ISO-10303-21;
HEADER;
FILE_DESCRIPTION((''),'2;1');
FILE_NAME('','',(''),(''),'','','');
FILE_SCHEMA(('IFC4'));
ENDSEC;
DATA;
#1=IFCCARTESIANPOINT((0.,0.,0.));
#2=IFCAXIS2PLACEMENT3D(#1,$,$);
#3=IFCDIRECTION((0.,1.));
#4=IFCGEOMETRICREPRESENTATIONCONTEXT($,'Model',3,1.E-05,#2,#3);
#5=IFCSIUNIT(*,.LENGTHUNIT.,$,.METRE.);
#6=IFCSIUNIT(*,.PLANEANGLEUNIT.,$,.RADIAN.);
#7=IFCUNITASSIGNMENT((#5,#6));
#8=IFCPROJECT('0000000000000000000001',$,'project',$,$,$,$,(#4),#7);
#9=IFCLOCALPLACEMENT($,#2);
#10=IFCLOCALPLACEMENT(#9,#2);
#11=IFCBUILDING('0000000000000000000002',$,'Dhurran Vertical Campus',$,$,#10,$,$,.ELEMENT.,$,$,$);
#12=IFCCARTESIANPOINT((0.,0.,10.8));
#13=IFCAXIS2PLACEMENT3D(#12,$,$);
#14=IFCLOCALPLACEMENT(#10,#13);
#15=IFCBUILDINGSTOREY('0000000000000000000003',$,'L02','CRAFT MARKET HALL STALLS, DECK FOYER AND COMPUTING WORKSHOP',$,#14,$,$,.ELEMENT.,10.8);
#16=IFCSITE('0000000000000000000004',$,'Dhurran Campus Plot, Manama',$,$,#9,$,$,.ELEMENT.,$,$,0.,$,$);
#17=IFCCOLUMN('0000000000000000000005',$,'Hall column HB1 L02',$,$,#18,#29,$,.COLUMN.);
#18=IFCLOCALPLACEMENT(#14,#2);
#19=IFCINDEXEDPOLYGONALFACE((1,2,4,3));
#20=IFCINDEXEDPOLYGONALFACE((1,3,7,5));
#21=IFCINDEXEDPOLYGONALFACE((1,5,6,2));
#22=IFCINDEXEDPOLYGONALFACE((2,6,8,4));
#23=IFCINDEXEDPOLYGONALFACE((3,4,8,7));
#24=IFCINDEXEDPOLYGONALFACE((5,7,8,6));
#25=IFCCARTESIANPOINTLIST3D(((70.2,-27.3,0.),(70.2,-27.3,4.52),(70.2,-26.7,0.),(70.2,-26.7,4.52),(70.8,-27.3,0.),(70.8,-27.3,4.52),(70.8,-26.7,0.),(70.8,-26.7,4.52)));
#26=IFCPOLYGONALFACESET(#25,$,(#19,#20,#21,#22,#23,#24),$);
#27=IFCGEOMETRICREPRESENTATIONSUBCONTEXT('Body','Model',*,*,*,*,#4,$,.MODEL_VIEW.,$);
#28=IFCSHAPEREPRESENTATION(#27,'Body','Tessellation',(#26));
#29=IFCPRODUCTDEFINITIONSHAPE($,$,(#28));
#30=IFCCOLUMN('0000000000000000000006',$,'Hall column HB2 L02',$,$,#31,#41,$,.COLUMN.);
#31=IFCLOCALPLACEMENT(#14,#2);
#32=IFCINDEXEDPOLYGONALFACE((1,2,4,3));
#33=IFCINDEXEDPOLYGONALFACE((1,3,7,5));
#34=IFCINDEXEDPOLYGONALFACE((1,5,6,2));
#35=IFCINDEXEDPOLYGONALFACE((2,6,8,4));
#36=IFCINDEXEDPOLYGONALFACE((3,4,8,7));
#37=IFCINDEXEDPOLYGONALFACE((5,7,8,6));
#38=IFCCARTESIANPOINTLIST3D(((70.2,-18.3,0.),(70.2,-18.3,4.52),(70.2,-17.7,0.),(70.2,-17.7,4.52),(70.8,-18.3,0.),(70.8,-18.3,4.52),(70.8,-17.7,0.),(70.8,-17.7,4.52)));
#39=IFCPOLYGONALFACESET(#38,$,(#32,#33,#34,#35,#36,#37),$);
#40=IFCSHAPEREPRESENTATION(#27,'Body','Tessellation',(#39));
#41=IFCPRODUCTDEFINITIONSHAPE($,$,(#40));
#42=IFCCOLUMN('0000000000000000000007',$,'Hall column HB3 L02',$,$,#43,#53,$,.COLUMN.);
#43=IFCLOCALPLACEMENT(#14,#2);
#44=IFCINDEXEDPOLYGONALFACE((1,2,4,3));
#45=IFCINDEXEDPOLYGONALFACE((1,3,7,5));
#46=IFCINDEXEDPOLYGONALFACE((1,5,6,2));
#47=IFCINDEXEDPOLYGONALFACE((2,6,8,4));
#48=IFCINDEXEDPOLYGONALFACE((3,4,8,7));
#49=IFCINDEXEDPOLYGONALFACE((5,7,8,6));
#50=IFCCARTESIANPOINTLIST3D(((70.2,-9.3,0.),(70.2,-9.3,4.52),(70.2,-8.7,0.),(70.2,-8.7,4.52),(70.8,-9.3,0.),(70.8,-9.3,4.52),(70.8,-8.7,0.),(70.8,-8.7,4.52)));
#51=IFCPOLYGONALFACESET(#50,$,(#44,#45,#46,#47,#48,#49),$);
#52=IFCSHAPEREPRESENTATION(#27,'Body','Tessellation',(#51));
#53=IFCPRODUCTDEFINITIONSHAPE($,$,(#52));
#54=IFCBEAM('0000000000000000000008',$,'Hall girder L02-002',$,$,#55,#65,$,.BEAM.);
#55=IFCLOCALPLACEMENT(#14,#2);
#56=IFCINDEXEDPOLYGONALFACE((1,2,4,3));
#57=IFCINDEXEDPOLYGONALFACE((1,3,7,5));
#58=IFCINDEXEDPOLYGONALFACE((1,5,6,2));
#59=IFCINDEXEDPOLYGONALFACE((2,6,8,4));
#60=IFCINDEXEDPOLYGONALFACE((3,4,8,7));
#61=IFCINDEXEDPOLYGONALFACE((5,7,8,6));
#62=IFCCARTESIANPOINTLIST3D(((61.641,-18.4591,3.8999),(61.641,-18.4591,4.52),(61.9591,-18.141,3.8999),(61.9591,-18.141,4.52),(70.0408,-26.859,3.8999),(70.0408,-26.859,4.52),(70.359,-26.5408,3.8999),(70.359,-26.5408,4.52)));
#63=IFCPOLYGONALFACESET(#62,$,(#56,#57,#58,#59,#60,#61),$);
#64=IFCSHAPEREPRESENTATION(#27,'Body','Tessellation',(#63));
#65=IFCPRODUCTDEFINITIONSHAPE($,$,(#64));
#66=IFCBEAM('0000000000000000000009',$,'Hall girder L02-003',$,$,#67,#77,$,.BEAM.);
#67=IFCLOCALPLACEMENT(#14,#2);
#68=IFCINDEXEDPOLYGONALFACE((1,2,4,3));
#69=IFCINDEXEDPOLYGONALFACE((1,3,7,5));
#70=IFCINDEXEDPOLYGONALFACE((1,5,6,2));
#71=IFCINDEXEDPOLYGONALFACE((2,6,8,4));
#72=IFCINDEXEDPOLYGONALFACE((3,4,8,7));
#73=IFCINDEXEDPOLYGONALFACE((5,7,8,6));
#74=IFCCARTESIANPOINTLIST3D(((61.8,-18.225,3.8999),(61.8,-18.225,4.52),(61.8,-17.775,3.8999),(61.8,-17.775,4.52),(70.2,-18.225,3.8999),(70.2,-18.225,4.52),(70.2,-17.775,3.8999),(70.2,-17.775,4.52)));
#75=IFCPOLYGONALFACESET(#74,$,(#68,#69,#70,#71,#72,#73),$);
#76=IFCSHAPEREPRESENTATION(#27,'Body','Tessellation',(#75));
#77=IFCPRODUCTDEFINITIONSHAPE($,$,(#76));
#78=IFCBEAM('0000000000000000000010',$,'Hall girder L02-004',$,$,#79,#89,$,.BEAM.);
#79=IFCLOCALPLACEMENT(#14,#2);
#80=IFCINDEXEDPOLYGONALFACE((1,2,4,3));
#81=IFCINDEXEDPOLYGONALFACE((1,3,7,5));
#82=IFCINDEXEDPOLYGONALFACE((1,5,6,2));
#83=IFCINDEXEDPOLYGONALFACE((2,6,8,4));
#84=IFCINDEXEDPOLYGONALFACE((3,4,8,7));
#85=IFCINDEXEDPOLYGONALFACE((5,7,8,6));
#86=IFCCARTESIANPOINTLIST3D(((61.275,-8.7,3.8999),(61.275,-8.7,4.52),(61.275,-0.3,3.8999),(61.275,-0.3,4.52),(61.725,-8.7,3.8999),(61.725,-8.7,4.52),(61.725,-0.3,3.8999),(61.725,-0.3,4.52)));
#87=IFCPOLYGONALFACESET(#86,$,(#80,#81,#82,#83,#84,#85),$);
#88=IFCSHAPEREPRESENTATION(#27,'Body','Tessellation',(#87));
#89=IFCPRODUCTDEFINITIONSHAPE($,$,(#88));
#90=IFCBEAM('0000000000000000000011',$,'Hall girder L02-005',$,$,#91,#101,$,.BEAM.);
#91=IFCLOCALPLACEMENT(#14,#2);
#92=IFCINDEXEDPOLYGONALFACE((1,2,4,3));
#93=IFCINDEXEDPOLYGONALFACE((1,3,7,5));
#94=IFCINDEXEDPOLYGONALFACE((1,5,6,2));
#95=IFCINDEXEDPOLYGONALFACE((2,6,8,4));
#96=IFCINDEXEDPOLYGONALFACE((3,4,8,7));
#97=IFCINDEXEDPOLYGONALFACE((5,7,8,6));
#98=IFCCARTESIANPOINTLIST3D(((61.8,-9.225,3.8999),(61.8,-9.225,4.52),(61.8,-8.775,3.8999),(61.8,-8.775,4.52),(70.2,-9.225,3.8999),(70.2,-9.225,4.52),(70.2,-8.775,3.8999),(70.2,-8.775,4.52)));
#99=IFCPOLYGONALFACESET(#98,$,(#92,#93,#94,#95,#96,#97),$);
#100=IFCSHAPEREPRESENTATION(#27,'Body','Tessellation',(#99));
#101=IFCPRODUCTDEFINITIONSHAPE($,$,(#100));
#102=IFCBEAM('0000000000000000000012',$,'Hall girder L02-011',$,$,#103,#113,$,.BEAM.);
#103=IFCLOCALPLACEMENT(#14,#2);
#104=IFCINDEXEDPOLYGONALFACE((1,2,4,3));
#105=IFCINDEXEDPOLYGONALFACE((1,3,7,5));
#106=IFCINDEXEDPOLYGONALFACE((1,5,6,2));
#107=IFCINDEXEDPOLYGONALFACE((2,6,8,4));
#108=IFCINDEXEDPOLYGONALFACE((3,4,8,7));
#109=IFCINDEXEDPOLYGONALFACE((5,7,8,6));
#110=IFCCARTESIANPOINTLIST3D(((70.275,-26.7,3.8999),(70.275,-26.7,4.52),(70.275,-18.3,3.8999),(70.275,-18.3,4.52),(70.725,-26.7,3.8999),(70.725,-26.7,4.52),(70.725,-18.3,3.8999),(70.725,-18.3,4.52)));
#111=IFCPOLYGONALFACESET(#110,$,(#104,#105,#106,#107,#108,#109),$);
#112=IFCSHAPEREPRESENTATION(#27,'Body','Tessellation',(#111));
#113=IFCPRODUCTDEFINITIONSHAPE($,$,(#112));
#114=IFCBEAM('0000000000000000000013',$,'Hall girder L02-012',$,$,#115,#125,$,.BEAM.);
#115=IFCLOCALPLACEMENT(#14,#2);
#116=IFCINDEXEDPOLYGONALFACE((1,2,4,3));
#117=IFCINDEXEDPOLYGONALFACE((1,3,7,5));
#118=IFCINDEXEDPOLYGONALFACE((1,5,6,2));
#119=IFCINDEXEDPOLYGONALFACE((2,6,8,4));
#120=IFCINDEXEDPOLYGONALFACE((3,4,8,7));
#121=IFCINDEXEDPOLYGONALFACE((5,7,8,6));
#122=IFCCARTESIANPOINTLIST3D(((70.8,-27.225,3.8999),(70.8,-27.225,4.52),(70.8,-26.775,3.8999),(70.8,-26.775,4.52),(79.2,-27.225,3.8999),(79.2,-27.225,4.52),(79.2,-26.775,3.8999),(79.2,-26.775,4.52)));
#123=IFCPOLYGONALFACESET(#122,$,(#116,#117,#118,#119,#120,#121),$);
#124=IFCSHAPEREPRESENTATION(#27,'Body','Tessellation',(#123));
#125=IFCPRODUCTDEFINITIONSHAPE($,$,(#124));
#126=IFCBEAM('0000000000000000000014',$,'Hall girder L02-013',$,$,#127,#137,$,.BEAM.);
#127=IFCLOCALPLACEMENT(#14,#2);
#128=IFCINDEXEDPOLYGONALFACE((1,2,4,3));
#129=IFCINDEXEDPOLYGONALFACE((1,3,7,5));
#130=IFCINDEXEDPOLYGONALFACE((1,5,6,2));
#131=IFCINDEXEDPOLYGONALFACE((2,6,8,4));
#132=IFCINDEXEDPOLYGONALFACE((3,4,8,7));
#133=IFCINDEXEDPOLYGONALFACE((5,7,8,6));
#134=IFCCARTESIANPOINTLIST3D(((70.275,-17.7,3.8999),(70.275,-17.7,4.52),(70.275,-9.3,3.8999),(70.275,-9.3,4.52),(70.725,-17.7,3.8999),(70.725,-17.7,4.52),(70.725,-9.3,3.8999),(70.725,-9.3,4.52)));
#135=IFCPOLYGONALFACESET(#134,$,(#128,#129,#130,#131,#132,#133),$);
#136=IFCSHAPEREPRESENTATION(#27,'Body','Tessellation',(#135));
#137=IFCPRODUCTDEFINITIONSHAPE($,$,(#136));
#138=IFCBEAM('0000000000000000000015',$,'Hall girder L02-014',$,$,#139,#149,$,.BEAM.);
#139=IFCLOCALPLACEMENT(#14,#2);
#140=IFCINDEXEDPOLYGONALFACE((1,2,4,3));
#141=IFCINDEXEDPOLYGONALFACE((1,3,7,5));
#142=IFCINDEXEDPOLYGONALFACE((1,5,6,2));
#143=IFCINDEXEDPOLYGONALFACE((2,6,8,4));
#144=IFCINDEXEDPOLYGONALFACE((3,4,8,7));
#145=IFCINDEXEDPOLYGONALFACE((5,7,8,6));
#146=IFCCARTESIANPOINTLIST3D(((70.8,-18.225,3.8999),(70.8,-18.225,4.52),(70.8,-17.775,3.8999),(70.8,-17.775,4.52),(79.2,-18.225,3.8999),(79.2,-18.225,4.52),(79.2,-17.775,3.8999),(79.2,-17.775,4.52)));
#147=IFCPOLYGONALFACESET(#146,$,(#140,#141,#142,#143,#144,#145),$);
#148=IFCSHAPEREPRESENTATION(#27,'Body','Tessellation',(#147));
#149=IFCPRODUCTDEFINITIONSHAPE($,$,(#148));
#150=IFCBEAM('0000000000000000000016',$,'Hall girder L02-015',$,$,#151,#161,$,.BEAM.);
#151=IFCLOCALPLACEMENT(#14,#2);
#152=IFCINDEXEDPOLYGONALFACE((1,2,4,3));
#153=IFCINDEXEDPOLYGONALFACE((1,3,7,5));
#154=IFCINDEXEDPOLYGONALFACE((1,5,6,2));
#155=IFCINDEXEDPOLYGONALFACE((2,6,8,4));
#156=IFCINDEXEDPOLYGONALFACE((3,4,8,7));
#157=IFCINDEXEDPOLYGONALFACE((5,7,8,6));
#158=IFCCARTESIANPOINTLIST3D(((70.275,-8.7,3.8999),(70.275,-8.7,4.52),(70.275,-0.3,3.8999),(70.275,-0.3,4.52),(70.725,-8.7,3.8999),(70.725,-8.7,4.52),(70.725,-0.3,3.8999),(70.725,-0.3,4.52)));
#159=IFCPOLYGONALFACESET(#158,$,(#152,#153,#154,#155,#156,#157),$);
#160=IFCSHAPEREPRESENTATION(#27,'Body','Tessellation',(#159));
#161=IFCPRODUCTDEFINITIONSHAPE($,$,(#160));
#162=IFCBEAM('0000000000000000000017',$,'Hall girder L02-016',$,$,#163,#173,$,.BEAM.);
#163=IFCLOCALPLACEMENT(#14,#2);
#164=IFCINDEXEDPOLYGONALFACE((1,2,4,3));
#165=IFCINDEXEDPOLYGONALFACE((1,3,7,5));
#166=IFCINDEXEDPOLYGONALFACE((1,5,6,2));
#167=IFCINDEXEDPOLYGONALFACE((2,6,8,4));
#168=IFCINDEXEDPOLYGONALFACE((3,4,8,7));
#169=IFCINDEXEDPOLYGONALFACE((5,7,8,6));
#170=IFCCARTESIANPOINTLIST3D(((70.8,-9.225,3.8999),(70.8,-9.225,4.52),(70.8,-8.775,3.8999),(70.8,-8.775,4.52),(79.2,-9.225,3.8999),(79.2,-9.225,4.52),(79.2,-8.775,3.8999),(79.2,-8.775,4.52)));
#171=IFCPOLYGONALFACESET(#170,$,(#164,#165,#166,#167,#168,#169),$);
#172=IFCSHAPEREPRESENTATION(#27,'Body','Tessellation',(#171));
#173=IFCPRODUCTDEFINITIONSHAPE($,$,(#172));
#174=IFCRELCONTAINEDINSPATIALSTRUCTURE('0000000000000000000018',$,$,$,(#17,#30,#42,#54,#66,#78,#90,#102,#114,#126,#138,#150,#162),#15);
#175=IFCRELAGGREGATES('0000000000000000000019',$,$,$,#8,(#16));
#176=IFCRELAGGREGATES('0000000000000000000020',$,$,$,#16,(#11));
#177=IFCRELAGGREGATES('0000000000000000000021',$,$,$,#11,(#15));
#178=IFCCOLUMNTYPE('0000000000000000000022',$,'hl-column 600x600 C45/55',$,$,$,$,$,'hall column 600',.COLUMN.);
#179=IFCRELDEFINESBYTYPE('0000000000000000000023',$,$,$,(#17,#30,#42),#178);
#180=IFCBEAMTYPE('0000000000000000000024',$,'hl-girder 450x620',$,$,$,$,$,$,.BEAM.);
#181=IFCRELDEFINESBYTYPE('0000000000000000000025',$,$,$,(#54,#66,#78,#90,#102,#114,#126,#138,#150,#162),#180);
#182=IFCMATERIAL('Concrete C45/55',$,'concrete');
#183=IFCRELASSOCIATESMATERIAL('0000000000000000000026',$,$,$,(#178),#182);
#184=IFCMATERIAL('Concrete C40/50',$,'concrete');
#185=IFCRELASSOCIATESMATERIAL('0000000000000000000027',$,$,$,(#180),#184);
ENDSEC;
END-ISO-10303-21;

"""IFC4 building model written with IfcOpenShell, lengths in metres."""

from ifc_helpers import new_model, si_unit, direction, frame, origin, origin_2d, place, context, subcontext, project, spatial, rectangle, extrude, material, material_profile, profile_set, type_object, element, save


model = new_model("IFC4")

# Units and contexts
model_context = context("Model", 3, precision=1e-05, world=origin(), true_north=direction((0.0, 1.0)))
body_context = subcontext(model_context, "Body", "Model", "MODEL_VIEW")
ifc_project = project(units=[si_unit("LENGTHUNIT", "METRE"), si_unit("PLANEANGLEUNIT", "RADIAN")], contexts=[model_context])

# Site, building, storey
site_placement = place(None, origin())
site = spatial("IfcSite", under=ifc_project, at=site_placement, Name="Dhurran Campus Plot, Manama", CompositionType="ELEMENT", RefElevation=0.0)
building_placement = place(site_placement, origin())
building = spatial("IfcBuilding", under=site, at=building_placement, Name="Dhurran Vertical Campus", CompositionType="ELEMENT")
storey_placement = place(building_placement, frame((0.0, 0.0, 10.8)))
storey = spatial("IfcBuildingStorey", under=building, at=storey_placement, Name="L02", Description="CRAFT MARKET HALL STALLS, DECK FOYER AND COMPUTING WORKSHOP", CompositionType="ELEMENT", Elevation=10.8)

# Columns
ifc_material_1 = material(Name="Concrete C45/55", Category="concrete")
ifc_material_profile_1 = material_profile(ifc_material_1, rectangle(XDim=0.6001, YDim=0.6001, at=origin_2d()), Name="hl-column 600x600 C45/55")
ifc_profile_set_1 = profile_set([ifc_material_profile_1], Name="Concrete C45/55")
column_type = type_object("IfcColumnType", Name="hl-column 600x600 C45/55", ElementType="hall column 600", PredefinedType="COLUMN", material=ifc_profile_set_1)
for number, where, z_axis, x_axis, name in (
    (1, (70.5, -27.0, 0.0), (0.0, 0.0, 1.0), (1.0, 0.0, 0.0), "Hall column HB1 L02"),
    (2, (70.5, -18.0, 0.0), (0.0, 0.0, 1.0), (1.0, 0.0, 0.0), "Hall column HB2 L02"),
    (3, (70.5, -9.0, 0.0), (0.0, 0.0, 1.0), (1.0, 0.0, 0.0), "Hall column HB3 L02"),
):
    element("IfcColumn", number, at=place(storey_placement, frame(where, z_axis=z_axis, x_axis=x_axis)), inside=storey, type_object=column_type, Name=name, PredefinedType="COLUMN", context=body_context, shape_type="SweptSolid", body=[
        extrude(rectangle(XDim=0.6001, YDim=0.6001, at=origin_2d()), origin(), (0.0, 0.0, 1.0), 4.52),
    ])

# Beams
ifc_material_2 = material(Name="Concrete C40/50", Category="concrete")
ifc_material_profile_2 = material_profile(ifc_material_2, rectangle(XDim=0.45, YDim=0.6201, at=origin_2d()), Name="hl-girder 450x620")
ifc_profile_set_2 = profile_set([ifc_material_profile_2], Name="Concrete C40/50")
beam_type = type_object("IfcBeamType", Name="hl-girder 450x620", PredefinedType="BEAM", material=ifc_profile_set_2)
beam_placement = place(storey_placement, frame((61.8, -18.3, 4.21), z_axis=(0.707107, -0.707107, 0.0), x_axis=(0.707107, 0.707107, 0.0)))
element("IfcBeam", 4, at=beam_placement, inside=storey, type_object=beam_type, Name="Hall girder L02-002", PredefinedType="BEAM", context=body_context, shape_type="SweptSolid", body=[
    extrude(rectangle(XDim=0.45, YDim=0.6201, at=origin_2d()), origin(), (0.0, 0.0, 1.0), 11.8792),
])
for number, where, z_axis, x_axis, name in (
    (5, (61.8, -18.0, 4.21), (1.0, 0.0, 0.0), (0.0, 1.0, 0.0), "Hall girder L02-003"),
    (6, (61.5, -8.7, 4.21), (0.0, 1.0, 0.0), (-1.0, 0.0, 0.0), "Hall girder L02-004"),
    (7, (61.8, -9.0, 4.21), (1.0, 0.0, 0.0), (0.0, 1.0, 0.0), "Hall girder L02-005"),
    (8, (70.5, -26.7, 4.21), (0.0, 1.0, 0.0), (-1.0, 0.0, 0.0), "Hall girder L02-011"),
    (9, (70.8, -27.0, 4.21), (1.0, 0.0, 0.0), (0.0, 1.0, 0.0), "Hall girder L02-012"),
    (10, (70.5, -17.7, 4.21), (0.0, 1.0, 0.0), (-1.0, 0.0, 0.0), "Hall girder L02-013"),
    (11, (70.8, -18.0, 4.21), (1.0, 0.0, 0.0), (0.0, 1.0, 0.0), "Hall girder L02-014"),
    (12, (70.5, -8.7, 4.21), (0.0, 1.0, 0.0), (-1.0, 0.0, 0.0), "Hall girder L02-015"),
    (13, (70.8, -9.0, 4.21), (1.0, 0.0, 0.0), (0.0, 1.0, 0.0), "Hall girder L02-016"),
):
    element("IfcBeam", number, at=place(storey_placement, frame(where, z_axis=z_axis, x_axis=x_axis)), inside=storey, type_object=beam_type, Name=name, PredefinedType="BEAM", context=body_context, shape_type="SweptSolid", body=[
        extrude(rectangle(XDim=0.45, YDim=0.6201, at=origin_2d()), origin(), (0.0, 0.0, 1.0), 8.3999),
    ])

save(model, "model.ifc")
